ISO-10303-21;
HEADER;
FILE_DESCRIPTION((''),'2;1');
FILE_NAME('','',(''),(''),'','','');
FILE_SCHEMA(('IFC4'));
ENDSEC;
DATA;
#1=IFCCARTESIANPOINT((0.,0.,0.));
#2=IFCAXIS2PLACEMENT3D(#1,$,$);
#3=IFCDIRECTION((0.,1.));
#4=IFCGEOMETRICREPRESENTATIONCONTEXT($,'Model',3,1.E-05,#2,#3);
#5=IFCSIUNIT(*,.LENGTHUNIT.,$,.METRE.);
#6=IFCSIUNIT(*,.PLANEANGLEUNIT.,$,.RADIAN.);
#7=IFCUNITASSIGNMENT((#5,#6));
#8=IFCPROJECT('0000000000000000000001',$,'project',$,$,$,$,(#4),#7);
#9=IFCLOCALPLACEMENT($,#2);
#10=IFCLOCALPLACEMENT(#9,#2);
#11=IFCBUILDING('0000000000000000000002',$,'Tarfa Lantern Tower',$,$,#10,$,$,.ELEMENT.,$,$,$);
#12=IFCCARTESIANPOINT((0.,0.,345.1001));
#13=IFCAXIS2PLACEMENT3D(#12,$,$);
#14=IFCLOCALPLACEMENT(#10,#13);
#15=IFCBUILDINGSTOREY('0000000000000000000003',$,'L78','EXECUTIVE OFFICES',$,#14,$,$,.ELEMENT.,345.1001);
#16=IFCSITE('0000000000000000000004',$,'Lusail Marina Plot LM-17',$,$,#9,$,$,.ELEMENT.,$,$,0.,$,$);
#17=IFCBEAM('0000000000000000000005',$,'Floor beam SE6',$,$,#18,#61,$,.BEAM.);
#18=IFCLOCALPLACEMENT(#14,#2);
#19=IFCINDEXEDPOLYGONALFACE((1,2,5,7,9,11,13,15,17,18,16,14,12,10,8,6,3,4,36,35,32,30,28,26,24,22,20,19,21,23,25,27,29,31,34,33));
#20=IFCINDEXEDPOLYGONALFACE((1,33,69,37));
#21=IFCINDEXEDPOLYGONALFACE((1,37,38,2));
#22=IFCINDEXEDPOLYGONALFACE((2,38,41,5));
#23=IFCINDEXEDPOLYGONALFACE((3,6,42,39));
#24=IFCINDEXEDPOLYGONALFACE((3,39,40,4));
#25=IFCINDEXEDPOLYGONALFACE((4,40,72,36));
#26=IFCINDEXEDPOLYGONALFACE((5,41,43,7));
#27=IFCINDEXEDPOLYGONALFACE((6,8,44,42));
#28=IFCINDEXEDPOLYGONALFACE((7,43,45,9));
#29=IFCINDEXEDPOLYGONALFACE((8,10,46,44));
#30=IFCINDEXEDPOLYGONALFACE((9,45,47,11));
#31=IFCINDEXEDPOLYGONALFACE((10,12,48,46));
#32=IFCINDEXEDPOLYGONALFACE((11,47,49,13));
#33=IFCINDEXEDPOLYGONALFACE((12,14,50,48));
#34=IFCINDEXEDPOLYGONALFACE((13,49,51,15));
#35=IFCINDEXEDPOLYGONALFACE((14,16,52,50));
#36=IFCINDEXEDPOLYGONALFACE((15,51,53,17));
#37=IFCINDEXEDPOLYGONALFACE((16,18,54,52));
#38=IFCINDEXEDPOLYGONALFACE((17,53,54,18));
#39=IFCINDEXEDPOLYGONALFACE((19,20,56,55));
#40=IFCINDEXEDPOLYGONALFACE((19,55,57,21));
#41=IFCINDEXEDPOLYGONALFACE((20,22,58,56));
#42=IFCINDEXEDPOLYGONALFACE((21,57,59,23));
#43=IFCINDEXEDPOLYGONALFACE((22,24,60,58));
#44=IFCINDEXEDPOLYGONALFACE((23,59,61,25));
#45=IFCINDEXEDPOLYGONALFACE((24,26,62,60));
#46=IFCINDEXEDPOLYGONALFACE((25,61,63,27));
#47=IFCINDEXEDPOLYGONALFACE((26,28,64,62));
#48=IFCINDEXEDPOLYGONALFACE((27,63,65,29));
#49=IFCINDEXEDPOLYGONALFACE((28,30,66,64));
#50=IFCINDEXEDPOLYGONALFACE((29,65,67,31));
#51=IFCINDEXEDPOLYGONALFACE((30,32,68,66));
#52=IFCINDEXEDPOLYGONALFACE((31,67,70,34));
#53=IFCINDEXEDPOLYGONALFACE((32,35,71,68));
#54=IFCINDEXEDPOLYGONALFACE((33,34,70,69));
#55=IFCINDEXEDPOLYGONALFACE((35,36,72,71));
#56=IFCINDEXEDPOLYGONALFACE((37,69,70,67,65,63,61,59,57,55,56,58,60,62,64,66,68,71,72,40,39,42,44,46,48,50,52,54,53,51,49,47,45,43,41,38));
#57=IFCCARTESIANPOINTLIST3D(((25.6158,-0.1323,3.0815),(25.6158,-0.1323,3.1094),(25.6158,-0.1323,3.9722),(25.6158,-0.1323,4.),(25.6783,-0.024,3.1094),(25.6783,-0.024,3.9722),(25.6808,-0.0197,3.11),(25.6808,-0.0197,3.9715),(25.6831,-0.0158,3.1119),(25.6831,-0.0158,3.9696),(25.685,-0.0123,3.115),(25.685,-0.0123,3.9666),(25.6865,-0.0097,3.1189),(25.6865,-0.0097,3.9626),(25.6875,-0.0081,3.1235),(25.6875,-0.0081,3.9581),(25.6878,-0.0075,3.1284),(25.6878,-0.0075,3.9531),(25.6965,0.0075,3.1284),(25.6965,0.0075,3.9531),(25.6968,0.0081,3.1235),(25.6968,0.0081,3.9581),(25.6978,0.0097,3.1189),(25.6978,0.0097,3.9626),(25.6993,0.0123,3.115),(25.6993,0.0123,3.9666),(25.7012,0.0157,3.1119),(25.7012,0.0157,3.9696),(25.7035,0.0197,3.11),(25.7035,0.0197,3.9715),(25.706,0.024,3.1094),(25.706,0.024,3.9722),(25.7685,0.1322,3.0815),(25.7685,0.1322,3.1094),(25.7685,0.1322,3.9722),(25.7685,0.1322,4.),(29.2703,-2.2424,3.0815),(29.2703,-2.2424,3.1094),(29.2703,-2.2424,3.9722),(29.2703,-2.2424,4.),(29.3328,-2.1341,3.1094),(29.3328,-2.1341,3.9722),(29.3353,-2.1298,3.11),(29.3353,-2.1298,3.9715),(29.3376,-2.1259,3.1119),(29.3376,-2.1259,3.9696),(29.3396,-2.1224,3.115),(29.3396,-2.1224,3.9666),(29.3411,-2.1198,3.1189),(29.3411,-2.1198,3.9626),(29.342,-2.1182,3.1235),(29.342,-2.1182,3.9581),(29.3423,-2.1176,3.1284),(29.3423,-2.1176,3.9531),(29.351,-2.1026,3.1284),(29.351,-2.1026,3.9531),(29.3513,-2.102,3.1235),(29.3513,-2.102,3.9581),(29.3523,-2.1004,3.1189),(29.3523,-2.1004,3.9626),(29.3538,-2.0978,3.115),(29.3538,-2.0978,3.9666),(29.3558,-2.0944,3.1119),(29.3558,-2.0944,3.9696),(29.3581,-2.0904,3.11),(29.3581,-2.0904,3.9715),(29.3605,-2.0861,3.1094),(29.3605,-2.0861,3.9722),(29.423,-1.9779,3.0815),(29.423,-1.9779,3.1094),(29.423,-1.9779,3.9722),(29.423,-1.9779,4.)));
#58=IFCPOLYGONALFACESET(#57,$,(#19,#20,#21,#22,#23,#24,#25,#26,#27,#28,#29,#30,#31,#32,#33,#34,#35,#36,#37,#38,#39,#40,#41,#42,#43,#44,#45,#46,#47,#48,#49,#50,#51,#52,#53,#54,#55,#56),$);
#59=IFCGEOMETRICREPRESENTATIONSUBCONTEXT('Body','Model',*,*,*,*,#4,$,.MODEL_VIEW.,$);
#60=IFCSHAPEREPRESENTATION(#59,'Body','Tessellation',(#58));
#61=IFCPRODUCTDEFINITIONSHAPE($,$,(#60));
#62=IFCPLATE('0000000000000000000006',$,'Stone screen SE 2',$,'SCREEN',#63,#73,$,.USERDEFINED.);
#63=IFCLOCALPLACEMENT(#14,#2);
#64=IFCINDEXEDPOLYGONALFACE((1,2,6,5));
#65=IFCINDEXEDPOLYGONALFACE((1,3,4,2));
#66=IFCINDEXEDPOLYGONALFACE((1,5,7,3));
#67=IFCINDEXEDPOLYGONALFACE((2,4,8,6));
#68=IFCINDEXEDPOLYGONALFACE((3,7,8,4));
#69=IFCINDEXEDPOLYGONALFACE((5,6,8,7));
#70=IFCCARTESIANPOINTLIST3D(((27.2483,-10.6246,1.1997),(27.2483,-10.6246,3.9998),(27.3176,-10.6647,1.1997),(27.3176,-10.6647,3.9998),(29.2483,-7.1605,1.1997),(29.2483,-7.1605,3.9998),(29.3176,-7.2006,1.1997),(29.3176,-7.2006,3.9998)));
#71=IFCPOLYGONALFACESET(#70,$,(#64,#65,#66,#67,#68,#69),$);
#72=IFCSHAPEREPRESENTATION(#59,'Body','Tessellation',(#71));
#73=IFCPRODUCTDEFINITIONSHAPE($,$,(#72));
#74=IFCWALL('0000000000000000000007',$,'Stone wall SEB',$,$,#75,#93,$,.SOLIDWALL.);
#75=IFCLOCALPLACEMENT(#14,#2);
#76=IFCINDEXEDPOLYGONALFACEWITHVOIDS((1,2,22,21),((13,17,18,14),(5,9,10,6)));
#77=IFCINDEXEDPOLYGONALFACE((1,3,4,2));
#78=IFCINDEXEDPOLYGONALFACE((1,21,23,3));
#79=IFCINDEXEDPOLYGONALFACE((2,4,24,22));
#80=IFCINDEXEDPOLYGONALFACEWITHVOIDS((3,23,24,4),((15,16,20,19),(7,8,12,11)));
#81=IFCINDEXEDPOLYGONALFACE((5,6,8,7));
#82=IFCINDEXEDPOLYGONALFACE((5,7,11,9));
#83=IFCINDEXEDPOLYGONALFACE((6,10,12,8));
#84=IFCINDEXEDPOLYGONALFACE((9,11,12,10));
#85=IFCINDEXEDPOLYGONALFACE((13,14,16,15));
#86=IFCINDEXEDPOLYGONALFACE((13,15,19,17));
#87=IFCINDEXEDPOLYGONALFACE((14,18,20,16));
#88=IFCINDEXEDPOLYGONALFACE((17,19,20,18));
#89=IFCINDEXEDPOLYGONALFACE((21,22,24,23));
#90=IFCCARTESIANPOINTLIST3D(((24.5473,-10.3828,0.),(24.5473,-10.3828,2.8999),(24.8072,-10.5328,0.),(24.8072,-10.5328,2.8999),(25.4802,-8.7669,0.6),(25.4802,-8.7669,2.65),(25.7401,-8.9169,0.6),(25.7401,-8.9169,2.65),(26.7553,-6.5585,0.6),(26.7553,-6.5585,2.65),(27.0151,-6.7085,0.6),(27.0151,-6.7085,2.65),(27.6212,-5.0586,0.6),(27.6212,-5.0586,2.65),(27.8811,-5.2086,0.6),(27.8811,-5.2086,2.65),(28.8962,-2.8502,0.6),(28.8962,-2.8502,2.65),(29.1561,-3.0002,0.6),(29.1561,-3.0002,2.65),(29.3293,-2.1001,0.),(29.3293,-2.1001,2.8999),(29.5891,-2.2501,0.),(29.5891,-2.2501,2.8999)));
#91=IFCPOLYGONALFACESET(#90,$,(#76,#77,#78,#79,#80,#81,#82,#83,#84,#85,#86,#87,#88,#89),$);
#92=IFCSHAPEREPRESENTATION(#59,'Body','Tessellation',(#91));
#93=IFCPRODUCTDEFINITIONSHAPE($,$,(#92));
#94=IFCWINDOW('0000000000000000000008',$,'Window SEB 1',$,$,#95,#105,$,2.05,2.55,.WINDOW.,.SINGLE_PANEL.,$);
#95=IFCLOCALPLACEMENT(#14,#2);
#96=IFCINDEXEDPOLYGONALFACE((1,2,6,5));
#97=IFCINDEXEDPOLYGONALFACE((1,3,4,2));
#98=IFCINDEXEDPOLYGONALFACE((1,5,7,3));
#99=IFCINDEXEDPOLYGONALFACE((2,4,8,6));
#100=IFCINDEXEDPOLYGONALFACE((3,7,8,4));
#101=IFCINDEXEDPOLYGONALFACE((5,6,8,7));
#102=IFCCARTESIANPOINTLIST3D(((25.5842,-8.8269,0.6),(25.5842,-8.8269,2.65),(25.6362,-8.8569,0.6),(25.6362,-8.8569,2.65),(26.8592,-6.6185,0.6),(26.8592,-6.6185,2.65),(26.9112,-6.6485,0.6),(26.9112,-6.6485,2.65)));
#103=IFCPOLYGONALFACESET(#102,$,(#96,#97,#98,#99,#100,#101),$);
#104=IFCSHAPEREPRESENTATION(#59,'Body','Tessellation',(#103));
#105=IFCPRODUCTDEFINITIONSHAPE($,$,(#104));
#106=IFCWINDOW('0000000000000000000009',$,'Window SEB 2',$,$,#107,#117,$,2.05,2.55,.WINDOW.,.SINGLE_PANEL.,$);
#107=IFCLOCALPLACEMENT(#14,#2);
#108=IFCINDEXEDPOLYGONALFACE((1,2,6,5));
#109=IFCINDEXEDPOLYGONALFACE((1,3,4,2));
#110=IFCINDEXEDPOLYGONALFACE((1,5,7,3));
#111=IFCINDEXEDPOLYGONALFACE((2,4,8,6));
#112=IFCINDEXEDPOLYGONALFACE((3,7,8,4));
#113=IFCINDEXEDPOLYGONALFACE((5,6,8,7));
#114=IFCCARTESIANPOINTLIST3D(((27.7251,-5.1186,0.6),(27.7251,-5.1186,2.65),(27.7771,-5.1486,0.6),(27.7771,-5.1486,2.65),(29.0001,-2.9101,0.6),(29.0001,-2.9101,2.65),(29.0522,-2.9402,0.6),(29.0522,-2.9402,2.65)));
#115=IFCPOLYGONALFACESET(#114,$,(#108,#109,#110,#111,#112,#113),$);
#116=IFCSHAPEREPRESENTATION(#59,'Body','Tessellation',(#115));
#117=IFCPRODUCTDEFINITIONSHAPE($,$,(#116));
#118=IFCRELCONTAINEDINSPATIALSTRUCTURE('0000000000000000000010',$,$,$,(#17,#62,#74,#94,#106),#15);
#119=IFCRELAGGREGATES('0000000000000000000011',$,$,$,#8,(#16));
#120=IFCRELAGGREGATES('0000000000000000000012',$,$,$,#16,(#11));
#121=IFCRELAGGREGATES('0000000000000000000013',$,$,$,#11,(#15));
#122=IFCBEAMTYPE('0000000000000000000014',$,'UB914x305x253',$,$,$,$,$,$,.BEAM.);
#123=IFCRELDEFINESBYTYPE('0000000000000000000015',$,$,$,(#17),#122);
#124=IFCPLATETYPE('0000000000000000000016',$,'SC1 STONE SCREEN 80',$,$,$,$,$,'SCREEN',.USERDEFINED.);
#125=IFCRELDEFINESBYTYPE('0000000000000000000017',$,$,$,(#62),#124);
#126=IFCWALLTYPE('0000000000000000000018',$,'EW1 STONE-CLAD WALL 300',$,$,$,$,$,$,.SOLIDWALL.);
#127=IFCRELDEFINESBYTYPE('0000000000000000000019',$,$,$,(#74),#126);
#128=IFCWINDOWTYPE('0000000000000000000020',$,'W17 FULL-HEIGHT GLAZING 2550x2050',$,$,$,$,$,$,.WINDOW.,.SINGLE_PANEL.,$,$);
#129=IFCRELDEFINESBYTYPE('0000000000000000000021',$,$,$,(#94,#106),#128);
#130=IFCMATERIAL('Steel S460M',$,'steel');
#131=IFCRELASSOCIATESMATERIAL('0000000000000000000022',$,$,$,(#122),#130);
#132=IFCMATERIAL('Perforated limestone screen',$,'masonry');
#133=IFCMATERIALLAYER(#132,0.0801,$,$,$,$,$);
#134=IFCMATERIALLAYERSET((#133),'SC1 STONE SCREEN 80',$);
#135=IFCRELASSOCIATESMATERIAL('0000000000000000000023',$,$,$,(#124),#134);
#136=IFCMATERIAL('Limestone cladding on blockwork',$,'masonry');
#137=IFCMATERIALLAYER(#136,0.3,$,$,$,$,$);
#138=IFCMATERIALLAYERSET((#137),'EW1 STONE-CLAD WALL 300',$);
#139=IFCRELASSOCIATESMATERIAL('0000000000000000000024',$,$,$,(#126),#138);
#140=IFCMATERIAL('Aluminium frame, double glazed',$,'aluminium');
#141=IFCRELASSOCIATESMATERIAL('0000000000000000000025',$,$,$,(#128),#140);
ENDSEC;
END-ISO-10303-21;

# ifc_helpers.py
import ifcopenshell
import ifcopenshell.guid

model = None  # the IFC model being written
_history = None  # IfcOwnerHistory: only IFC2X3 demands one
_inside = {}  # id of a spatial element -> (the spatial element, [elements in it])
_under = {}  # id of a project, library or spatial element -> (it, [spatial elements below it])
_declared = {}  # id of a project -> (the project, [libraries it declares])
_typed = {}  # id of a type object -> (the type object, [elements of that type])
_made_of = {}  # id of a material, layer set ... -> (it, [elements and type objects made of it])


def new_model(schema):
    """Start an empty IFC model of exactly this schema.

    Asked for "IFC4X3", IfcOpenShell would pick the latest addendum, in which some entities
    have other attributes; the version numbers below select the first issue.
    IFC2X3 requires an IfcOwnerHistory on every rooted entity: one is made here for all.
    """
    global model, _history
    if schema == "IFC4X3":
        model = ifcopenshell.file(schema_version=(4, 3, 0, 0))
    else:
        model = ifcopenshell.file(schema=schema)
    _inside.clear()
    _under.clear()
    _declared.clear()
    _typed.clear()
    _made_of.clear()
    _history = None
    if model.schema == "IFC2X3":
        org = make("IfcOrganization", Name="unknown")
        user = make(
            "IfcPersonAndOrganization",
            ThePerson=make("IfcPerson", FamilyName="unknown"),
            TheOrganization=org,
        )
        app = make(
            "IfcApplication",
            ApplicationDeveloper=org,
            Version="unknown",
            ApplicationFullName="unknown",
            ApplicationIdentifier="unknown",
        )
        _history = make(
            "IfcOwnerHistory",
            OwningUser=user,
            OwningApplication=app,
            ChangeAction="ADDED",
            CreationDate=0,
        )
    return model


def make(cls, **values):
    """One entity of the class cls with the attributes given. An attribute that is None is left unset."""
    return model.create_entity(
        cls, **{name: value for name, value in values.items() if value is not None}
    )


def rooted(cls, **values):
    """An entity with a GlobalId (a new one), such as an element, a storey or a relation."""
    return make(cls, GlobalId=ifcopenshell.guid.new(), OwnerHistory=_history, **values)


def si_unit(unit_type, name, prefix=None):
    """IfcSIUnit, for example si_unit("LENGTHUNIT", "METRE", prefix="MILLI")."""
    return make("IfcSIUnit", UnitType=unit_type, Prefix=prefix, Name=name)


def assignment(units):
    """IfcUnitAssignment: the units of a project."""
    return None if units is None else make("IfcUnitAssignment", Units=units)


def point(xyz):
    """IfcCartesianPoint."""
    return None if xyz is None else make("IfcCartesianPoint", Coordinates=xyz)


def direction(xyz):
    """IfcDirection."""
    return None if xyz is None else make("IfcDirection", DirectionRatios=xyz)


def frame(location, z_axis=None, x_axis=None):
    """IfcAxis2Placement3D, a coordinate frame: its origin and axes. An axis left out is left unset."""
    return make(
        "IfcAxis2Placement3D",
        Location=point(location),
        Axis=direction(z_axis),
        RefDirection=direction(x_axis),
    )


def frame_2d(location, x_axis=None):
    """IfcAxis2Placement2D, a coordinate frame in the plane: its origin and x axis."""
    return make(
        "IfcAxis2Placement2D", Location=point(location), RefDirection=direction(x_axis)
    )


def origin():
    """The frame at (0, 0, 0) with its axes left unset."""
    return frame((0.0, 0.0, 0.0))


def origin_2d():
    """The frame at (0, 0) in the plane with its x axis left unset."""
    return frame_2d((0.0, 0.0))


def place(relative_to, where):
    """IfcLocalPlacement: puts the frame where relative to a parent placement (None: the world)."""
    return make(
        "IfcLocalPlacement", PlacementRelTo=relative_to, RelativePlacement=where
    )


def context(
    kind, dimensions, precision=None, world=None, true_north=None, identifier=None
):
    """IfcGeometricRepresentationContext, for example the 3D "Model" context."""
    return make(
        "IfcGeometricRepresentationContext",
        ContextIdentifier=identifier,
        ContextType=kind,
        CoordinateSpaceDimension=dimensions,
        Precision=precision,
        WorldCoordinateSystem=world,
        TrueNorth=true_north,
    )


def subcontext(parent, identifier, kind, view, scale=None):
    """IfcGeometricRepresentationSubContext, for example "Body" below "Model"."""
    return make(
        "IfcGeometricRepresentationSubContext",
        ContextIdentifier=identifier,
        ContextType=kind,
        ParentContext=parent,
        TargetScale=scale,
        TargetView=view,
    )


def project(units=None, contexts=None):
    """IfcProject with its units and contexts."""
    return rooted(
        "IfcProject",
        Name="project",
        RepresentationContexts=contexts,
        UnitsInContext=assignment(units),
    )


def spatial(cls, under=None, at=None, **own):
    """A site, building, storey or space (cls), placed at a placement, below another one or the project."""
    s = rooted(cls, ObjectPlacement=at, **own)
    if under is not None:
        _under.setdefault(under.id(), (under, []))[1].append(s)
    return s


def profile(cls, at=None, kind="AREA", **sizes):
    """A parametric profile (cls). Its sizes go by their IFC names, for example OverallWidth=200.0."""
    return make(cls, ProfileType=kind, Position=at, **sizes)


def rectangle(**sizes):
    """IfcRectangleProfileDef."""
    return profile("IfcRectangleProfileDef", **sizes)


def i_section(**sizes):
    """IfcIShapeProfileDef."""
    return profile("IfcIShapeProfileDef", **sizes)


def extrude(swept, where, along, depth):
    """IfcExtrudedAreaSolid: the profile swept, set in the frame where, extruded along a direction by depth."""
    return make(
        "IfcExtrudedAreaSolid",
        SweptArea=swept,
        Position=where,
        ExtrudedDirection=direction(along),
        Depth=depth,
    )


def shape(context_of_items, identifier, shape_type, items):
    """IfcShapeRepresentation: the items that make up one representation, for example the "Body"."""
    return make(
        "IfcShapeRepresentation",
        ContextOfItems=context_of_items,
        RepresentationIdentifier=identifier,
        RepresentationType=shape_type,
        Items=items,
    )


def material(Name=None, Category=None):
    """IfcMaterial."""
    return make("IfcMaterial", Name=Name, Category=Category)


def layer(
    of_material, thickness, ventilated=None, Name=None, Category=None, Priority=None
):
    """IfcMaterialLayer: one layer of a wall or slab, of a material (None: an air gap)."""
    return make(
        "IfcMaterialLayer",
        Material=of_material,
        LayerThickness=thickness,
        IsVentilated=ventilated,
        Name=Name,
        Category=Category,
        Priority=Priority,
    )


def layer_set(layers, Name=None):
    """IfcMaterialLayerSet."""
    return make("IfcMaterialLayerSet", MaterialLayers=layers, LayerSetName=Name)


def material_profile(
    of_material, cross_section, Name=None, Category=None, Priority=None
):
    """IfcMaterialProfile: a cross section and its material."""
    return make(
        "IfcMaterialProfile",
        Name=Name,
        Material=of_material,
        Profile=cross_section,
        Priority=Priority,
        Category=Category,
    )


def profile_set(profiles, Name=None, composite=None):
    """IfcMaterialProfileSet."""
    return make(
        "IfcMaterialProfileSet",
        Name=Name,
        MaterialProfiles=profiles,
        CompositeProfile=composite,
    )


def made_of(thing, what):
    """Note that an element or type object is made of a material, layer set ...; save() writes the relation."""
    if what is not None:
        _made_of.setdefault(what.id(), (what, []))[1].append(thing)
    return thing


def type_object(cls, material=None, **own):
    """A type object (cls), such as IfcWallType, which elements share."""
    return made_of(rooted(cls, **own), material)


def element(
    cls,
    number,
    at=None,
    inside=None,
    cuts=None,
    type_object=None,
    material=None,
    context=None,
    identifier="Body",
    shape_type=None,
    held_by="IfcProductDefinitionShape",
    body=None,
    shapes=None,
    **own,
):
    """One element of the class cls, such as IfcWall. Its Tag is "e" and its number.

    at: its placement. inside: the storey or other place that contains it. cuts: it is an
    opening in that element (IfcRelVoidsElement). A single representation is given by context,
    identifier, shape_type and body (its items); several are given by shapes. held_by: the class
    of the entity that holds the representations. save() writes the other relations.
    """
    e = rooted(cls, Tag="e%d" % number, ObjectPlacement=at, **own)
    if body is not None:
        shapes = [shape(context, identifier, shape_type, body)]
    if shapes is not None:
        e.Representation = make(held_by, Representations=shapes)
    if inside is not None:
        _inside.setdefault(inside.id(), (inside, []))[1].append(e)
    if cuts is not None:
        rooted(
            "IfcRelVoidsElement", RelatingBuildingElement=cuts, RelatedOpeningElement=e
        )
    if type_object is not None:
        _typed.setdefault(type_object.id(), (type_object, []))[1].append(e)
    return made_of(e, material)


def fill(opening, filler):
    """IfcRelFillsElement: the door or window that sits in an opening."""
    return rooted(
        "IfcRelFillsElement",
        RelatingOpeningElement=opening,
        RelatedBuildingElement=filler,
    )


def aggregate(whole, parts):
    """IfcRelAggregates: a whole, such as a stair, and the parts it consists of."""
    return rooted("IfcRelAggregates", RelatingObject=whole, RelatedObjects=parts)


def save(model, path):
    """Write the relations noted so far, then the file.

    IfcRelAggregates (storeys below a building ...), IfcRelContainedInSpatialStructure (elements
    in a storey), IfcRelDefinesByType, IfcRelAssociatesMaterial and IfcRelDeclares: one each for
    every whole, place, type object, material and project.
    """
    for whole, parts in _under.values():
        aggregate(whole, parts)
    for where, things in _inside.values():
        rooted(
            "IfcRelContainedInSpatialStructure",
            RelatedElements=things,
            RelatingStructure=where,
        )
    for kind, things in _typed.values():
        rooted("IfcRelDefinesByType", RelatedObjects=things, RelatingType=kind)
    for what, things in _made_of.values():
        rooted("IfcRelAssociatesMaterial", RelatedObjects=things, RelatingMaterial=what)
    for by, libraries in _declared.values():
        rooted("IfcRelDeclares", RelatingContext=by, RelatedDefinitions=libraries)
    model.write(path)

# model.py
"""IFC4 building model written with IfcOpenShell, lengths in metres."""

from ifc_helpers import new_model, si_unit, direction, frame, frame_2d, origin, origin_2d, place, context, subcontext, project, spatial, rectangle, i_section, extrude, material, layer, layer_set, material_profile, profile_set, type_object, element, fill, save


model = new_model("IFC4")

# Units and contexts
model_context = context("Model", 3, precision=1e-05, world=origin(), true_north=direction((0.0, 1.0)))
body_context = subcontext(model_context, "Body", "Model", "MODEL_VIEW")
ifc_project = project(units=[si_unit("LENGTHUNIT", "METRE"), si_unit("PLANEANGLEUNIT", "RADIAN")], contexts=[model_context])

# Site, building, storey
site_placement = place(None, origin())
site = spatial("IfcSite", under=ifc_project, at=site_placement, Name="Lusail Marina Plot LM-17", CompositionType="ELEMENT", RefElevation=0.0)
building_placement = place(site_placement, origin())
building = spatial("IfcBuilding", under=site, at=building_placement, Name="Tarfa Lantern Tower", CompositionType="ELEMENT")
storey_placement = place(building_placement, frame((0.0, 0.0, 345.1001)))
storey = spatial("IfcBuildingStorey", under=building, at=storey_placement, Name="L78", Description="EXECUTIVE OFFICES", CompositionType="ELEMENT", Elevation=345.1001)

# Beam
ifc_material_1 = material(Name="Steel S460M", Category="steel")
ifc_material_profile_1 = material_profile(ifc_material_1, i_section(OverallWidth=0.3054, OverallDepth=0.9185, WebThickness=0.0173, FlangeThickness=0.0278, FilletRadius=0.019, at=origin_2d()), Name="UB914x305x253")
ifc_profile_set_1 = profile_set([ifc_material_profile_1], Name="Steel S460M")
beam_type_1 = type_object("IfcBeamType", Name="UB914x305x253", PredefinedType="BEAM", material=ifc_profile_set_1)
beam_1_placement = place(storey_placement, frame((29.3467, -2.1101, 3.5408), z_axis=(-0.866009, 0.500028, 0.0), x_axis=(-0.500028, -0.866009, 0.0)))
element("IfcBeam", 1, at=beam_1_placement, inside=storey, type_object=beam_type_1, Name="Floor beam SE6", PredefinedType="BEAM", context=body_context, shape_type="SweptSolid", body=[
    extrude(i_section(OverallWidth=0.3054, OverallDepth=0.9185, WebThickness=0.0173, FlangeThickness=0.0278, FilletRadius=0.019, at=origin_2d()), origin(), (0.0, 0.0, 1.0), 4.22),
])

# Plate
ifc_material_2 = material(Name="Perforated limestone screen", Category="masonry")
ifc_layer_1 = layer(ifc_material_2, 0.0801)
ifc_layer_set_1 = layer_set([ifc_layer_1], Name="SC1 STONE SCREEN 80")
plate_type = type_object("IfcPlateType", Name="SC1 STONE SCREEN 80", ElementType="SCREEN", PredefinedType="USERDEFINED", material=ifc_layer_set_1)
plate_placement = place(storey_placement, frame((28.283, -8.9126, 1.1997), z_axis=(0.0, 0.0, 1.0), x_axis=(0.5, 0.866025, 0.0)))
element("IfcPlate", 2, at=plate_placement, inside=storey, type_object=plate_type, Name="Stone screen SE 2", ObjectType="SCREEN", PredefinedType="USERDEFINED", context=body_context, shape_type="SweptSolid", body=[
    extrude(rectangle(XDim=4.0, YDim=0.0801, at=origin_2d()), origin(), (0.0, 0.0, 1.0), 2.8),
])

# Wall, openings, windows
ifc_material_3 = material(Name="Limestone cladding on blockwork", Category="masonry")
ifc_layer_2 = layer(ifc_material_3, 0.3)
ifc_layer_set_2 = layer_set([ifc_layer_2], Name="EW1 STONE-CLAD WALL 300")
wall_type = type_object("IfcWallType", Name="EW1 STONE-CLAD WALL 300", PredefinedType="SOLIDWALL", material=ifc_layer_set_2)
wall_placement = place(storey_placement, frame((24.6772, -10.4578, 0.0), z_axis=(0.0, 0.0, 1.0), x_axis=(0.499996, 0.866027, 0.0)))
wall = element("IfcWall", 3, at=wall_placement, inside=storey, type_object=wall_type, Name="Stone wall SEB", PredefinedType="SOLIDWALL", context=body_context, shape_type="SweptSolid", body=[
    extrude(rectangle(XDim=9.564, YDim=0.3, at=frame_2d((4.782, 0.0))), origin(), (0.0, 0.0, 1.0), 2.8999),
])
opening_1_placement = place(wall_placement, frame((1.866, 0.0, 0.6001)))
opening_1 = element("IfcOpeningElement", 4, at=opening_1_placement, cuts=wall, PredefinedType="OPENING", context=body_context, shape_type="SweptSolid", body=[
    extrude(rectangle(XDim=2.55, YDim=2.05, at=frame_2d((1.2749, 1.0249))), frame((0.0, 0.1599, 0.0), z_axis=(0.0, -1.0, 0.0), x_axis=(1.0, 0.0, 0.0)), (0.0, 0.0, 1.0), 0.3201),
])
opening_2_placement = place(wall_placement, frame((6.1479, 0.0, 0.6001)))
opening_2 = element("IfcOpeningElement", 5, at=opening_2_placement, cuts=wall, PredefinedType="OPENING", context=body_context, shape_type="SweptSolid", body=[
    extrude(rectangle(XDim=2.55, YDim=2.05, at=frame_2d((1.2749, 1.0249))), frame((0.0, 0.1599, 0.0), z_axis=(0.0, -1.0, 0.0), x_axis=(1.0, 0.0, 0.0)), (0.0, 0.0, 1.0), 0.3201),
])
ifc_material_4 = material(Name="Aluminium frame, double glazed", Category="aluminium")
window_type = type_object("IfcWindowType", Name="W17 FULL-HEIGHT GLAZING 2550x2050", PartitioningType="SINGLE_PANEL", PredefinedType="WINDOW", material=ifc_material_4)
window_1_placement = place(opening_1_placement, origin())
window_1 = element("IfcWindow", 6, at=window_1_placement, inside=storey, type_object=window_type, Name="Window SEB 1", OverallHeight=2.05, OverallWidth=2.55, PartitioningType="SINGLE_PANEL", PredefinedType="WINDOW", context=body_context, shape_type="SweptSolid", body=[
    extrude(rectangle(XDim=2.55, YDim=2.05, at=frame_2d((1.2749, 1.0249))), frame((0.0, 0.03, 0.0), z_axis=(0.0, -1.0, 0.0), x_axis=(1.0, 0.0, 0.0)), (0.0, 0.0, 1.0), 0.0601),
])
fill(opening_1, window_1)
window_2_placement = place(opening_2_placement, origin())
window_2 = element("IfcWindow", 7, at=window_2_placement, inside=storey, type_object=window_type, Name="Window SEB 2", OverallHeight=2.05, OverallWidth=2.55, PartitioningType="SINGLE_PANEL", PredefinedType="WINDOW", context=body_context, shape_type="SweptSolid", body=[
    extrude(rectangle(XDim=2.55, YDim=2.05, at=frame_2d((1.2749, 1.0249))), frame((0.0, 0.03, 0.0), z_axis=(0.0, -1.0, 0.0), x_axis=(1.0, 0.0, 0.0)), (0.0, 0.0, 1.0), 0.0601),
])
fill(opening_2, window_2)

save(model, "model.ifc")
